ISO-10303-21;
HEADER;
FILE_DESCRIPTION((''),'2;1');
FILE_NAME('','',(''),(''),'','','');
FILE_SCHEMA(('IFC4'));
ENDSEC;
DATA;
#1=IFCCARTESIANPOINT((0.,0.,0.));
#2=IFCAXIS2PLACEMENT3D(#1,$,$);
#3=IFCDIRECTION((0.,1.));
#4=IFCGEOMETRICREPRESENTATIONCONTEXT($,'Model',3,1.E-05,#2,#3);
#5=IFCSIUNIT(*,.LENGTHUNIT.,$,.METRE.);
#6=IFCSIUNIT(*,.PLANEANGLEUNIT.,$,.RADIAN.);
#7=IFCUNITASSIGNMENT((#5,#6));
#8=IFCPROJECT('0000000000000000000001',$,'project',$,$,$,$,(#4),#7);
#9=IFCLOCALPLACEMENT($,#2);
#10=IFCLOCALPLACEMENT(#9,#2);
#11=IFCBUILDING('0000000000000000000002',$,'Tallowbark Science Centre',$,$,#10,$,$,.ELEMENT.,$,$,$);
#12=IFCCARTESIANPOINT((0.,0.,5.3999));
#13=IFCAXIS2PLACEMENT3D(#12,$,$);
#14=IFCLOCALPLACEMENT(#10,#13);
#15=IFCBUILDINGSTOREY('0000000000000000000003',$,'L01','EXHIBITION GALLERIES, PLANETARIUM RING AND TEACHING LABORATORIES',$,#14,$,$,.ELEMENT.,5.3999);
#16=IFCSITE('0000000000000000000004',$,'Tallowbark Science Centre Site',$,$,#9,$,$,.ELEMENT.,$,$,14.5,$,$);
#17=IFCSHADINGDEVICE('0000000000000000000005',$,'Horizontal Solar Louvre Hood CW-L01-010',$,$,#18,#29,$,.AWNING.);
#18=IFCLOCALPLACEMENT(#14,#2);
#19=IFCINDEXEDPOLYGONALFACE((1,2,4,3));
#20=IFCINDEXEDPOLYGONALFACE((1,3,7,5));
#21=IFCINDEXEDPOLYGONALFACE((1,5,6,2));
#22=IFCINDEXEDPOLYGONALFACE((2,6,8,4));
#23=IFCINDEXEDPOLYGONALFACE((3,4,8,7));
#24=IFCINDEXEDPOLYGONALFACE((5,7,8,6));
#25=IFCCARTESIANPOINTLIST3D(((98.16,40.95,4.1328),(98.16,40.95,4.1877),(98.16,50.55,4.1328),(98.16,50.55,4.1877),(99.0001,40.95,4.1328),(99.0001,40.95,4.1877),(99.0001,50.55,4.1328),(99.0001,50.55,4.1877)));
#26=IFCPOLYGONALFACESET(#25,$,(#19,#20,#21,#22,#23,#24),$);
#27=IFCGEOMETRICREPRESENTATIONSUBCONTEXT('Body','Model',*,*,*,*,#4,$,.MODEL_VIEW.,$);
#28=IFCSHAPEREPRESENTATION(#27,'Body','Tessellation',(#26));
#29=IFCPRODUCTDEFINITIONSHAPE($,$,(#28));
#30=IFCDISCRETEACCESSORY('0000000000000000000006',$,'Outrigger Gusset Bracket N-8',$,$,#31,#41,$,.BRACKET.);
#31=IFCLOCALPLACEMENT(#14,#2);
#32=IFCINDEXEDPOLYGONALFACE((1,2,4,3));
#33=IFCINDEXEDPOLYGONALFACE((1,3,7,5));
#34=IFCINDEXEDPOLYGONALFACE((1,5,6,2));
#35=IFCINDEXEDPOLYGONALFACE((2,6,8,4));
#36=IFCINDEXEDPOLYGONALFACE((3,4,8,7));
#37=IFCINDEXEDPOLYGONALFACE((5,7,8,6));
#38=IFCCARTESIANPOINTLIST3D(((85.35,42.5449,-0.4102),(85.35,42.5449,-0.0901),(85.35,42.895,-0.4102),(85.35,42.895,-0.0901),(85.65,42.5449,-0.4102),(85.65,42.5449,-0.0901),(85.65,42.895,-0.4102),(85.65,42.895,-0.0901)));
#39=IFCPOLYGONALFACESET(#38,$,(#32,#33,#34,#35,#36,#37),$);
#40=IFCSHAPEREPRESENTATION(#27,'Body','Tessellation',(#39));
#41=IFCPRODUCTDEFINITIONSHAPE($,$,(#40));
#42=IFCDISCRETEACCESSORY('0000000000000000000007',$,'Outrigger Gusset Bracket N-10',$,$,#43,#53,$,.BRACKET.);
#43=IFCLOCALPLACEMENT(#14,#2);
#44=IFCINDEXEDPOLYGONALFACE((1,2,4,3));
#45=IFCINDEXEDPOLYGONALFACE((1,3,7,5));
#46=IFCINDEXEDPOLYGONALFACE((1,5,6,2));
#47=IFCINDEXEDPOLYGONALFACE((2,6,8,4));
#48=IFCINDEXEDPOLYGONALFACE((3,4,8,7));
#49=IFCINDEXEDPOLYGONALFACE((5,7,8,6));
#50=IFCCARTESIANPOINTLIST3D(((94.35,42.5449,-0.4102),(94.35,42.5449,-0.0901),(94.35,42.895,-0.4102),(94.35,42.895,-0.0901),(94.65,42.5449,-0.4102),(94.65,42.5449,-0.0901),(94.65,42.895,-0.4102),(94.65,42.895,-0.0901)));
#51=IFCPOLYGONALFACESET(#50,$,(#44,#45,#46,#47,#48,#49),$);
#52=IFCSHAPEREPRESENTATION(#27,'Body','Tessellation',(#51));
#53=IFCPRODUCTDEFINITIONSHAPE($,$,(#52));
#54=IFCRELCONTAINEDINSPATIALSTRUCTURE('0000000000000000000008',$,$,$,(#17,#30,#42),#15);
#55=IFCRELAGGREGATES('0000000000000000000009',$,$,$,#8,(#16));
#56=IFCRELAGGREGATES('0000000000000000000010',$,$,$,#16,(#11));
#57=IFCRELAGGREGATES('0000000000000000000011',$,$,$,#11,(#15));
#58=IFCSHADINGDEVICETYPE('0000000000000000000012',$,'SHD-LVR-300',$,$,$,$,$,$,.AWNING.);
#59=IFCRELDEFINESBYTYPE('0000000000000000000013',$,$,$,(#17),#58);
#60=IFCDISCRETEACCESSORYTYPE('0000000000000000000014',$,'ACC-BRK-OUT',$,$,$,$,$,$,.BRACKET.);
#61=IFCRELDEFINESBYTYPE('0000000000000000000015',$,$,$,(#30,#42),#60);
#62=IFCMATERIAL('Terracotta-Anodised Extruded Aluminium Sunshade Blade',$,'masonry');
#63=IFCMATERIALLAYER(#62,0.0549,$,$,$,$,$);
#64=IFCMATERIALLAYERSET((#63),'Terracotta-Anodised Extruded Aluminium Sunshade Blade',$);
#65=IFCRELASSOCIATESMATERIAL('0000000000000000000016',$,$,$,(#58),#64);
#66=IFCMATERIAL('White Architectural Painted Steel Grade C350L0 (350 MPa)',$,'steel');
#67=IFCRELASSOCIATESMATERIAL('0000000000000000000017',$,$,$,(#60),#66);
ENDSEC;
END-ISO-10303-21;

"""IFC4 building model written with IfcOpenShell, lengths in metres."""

from ifc_helpers import new_model, si_unit, direction, frame, origin, origin_2d, place, context, subcontext, project, spatial, rectangle, extrude, material, layer, layer_set, type_object, element, save


model = new_model("IFC4")

# Units and contexts
model_context = context("Model", 3, precision=1e-05, world=origin(), true_north=direction((0.0, 1.0)))
body_context = subcontext(model_context, "Body", "Model", "MODEL_VIEW")
ifc_project = project(units=[si_unit("LENGTHUNIT", "METRE"), si_unit("PLANEANGLEUNIT", "RADIAN")], contexts=[model_context])

# Site, building, storey
site_placement = place(None, origin())
site = spatial("IfcSite", under=ifc_project, at=site_placement, Name="Tallowbark Science Centre Site", CompositionType="ELEMENT", RefElevation=14.5)
building_placement = place(site_placement, origin())
building = spatial("IfcBuilding", under=site, at=building_placement, Name="Tallowbark Science Centre", CompositionType="ELEMENT")
storey_placement = place(building_placement, frame((0.0, 0.0, 5.3999)))
storey = spatial("IfcBuildingStorey", under=building, at=storey_placement, Name="L01", Description="EXHIBITION GALLERIES, PLANETARIUM RING AND TEACHING LABORATORIES", CompositionType="ELEMENT", Elevation=5.3999)

# Shared definitions
ifc_material_1 = material(Name="White Architectural Painted Steel Grade C350L0 (350 MPa)", Category="steel")

# Shading device
ifc_material_2 = material(Name="Terracotta-Anodised Extruded Aluminium Sunshade Blade", Category="masonry")
ifc_layer_1 = layer(ifc_material_2, 0.0549)
ifc_layer_set_1 = layer_set([ifc_layer_1], Name="Terracotta-Anodised Extruded Aluminium Sunshade Blade")
shading_device_type = type_object("IfcShadingDeviceType", Name="SHD-LVR-300", PredefinedType="AWNING", material=ifc_layer_set_1)
shading_device_placement = place(storey_placement, frame((98.5801, 45.75, 4.1328), z_axis=(0.0, 0.0, 1.0), x_axis=(0.0, -1.0, 0.0)))
element("IfcShadingDevice", 1, at=shading_device_placement, inside=storey, type_object=shading_device_type, Name="Horizontal Solar Louvre Hood CW-L01-010", PredefinedType="AWNING", context=body_context, shape_type="SweptSolid", body=[
    extrude(rectangle(XDim=9.6001, YDim=0.8401, at=origin_2d()), origin(), (0.0, 0.0, 1.0), 0.0549),
])

# Discrete accessories
discrete_accessory_type = type_object("IfcDiscreteAccessoryType", Name="ACC-BRK-OUT", PredefinedType="BRACKET", material=ifc_material_1)
for number, where, z_axis, x_axis, name in (
    (2, (85.5, 42.72, -0.4102), (0.0, 0.0, 1.0), (1.0, 0.0, 0.0), "Outrigger Gusset Bracket N-8"),
    (3, (94.5, 42.72, -0.4102), (0.0, 0.0, 1.0), (1.0, 0.0, 0.0), "Outrigger Gusset Bracket N-10"),
):
    element("IfcDiscreteAccessory", number, at=place(storey_placement, frame(where, z_axis=z_axis, x_axis=x_axis)), inside=storey, type_object=discrete_accessory_type, Name=name, PredefinedType="BRACKET", context=body_context, shape_type="SweptSolid", body=[
        extrude(rectangle(XDim=0.3, YDim=0.3501, at=origin_2d()), origin(), (0.0, 0.0, 1.0), 0.3201),
    ])

save(model, "model.ifc")
